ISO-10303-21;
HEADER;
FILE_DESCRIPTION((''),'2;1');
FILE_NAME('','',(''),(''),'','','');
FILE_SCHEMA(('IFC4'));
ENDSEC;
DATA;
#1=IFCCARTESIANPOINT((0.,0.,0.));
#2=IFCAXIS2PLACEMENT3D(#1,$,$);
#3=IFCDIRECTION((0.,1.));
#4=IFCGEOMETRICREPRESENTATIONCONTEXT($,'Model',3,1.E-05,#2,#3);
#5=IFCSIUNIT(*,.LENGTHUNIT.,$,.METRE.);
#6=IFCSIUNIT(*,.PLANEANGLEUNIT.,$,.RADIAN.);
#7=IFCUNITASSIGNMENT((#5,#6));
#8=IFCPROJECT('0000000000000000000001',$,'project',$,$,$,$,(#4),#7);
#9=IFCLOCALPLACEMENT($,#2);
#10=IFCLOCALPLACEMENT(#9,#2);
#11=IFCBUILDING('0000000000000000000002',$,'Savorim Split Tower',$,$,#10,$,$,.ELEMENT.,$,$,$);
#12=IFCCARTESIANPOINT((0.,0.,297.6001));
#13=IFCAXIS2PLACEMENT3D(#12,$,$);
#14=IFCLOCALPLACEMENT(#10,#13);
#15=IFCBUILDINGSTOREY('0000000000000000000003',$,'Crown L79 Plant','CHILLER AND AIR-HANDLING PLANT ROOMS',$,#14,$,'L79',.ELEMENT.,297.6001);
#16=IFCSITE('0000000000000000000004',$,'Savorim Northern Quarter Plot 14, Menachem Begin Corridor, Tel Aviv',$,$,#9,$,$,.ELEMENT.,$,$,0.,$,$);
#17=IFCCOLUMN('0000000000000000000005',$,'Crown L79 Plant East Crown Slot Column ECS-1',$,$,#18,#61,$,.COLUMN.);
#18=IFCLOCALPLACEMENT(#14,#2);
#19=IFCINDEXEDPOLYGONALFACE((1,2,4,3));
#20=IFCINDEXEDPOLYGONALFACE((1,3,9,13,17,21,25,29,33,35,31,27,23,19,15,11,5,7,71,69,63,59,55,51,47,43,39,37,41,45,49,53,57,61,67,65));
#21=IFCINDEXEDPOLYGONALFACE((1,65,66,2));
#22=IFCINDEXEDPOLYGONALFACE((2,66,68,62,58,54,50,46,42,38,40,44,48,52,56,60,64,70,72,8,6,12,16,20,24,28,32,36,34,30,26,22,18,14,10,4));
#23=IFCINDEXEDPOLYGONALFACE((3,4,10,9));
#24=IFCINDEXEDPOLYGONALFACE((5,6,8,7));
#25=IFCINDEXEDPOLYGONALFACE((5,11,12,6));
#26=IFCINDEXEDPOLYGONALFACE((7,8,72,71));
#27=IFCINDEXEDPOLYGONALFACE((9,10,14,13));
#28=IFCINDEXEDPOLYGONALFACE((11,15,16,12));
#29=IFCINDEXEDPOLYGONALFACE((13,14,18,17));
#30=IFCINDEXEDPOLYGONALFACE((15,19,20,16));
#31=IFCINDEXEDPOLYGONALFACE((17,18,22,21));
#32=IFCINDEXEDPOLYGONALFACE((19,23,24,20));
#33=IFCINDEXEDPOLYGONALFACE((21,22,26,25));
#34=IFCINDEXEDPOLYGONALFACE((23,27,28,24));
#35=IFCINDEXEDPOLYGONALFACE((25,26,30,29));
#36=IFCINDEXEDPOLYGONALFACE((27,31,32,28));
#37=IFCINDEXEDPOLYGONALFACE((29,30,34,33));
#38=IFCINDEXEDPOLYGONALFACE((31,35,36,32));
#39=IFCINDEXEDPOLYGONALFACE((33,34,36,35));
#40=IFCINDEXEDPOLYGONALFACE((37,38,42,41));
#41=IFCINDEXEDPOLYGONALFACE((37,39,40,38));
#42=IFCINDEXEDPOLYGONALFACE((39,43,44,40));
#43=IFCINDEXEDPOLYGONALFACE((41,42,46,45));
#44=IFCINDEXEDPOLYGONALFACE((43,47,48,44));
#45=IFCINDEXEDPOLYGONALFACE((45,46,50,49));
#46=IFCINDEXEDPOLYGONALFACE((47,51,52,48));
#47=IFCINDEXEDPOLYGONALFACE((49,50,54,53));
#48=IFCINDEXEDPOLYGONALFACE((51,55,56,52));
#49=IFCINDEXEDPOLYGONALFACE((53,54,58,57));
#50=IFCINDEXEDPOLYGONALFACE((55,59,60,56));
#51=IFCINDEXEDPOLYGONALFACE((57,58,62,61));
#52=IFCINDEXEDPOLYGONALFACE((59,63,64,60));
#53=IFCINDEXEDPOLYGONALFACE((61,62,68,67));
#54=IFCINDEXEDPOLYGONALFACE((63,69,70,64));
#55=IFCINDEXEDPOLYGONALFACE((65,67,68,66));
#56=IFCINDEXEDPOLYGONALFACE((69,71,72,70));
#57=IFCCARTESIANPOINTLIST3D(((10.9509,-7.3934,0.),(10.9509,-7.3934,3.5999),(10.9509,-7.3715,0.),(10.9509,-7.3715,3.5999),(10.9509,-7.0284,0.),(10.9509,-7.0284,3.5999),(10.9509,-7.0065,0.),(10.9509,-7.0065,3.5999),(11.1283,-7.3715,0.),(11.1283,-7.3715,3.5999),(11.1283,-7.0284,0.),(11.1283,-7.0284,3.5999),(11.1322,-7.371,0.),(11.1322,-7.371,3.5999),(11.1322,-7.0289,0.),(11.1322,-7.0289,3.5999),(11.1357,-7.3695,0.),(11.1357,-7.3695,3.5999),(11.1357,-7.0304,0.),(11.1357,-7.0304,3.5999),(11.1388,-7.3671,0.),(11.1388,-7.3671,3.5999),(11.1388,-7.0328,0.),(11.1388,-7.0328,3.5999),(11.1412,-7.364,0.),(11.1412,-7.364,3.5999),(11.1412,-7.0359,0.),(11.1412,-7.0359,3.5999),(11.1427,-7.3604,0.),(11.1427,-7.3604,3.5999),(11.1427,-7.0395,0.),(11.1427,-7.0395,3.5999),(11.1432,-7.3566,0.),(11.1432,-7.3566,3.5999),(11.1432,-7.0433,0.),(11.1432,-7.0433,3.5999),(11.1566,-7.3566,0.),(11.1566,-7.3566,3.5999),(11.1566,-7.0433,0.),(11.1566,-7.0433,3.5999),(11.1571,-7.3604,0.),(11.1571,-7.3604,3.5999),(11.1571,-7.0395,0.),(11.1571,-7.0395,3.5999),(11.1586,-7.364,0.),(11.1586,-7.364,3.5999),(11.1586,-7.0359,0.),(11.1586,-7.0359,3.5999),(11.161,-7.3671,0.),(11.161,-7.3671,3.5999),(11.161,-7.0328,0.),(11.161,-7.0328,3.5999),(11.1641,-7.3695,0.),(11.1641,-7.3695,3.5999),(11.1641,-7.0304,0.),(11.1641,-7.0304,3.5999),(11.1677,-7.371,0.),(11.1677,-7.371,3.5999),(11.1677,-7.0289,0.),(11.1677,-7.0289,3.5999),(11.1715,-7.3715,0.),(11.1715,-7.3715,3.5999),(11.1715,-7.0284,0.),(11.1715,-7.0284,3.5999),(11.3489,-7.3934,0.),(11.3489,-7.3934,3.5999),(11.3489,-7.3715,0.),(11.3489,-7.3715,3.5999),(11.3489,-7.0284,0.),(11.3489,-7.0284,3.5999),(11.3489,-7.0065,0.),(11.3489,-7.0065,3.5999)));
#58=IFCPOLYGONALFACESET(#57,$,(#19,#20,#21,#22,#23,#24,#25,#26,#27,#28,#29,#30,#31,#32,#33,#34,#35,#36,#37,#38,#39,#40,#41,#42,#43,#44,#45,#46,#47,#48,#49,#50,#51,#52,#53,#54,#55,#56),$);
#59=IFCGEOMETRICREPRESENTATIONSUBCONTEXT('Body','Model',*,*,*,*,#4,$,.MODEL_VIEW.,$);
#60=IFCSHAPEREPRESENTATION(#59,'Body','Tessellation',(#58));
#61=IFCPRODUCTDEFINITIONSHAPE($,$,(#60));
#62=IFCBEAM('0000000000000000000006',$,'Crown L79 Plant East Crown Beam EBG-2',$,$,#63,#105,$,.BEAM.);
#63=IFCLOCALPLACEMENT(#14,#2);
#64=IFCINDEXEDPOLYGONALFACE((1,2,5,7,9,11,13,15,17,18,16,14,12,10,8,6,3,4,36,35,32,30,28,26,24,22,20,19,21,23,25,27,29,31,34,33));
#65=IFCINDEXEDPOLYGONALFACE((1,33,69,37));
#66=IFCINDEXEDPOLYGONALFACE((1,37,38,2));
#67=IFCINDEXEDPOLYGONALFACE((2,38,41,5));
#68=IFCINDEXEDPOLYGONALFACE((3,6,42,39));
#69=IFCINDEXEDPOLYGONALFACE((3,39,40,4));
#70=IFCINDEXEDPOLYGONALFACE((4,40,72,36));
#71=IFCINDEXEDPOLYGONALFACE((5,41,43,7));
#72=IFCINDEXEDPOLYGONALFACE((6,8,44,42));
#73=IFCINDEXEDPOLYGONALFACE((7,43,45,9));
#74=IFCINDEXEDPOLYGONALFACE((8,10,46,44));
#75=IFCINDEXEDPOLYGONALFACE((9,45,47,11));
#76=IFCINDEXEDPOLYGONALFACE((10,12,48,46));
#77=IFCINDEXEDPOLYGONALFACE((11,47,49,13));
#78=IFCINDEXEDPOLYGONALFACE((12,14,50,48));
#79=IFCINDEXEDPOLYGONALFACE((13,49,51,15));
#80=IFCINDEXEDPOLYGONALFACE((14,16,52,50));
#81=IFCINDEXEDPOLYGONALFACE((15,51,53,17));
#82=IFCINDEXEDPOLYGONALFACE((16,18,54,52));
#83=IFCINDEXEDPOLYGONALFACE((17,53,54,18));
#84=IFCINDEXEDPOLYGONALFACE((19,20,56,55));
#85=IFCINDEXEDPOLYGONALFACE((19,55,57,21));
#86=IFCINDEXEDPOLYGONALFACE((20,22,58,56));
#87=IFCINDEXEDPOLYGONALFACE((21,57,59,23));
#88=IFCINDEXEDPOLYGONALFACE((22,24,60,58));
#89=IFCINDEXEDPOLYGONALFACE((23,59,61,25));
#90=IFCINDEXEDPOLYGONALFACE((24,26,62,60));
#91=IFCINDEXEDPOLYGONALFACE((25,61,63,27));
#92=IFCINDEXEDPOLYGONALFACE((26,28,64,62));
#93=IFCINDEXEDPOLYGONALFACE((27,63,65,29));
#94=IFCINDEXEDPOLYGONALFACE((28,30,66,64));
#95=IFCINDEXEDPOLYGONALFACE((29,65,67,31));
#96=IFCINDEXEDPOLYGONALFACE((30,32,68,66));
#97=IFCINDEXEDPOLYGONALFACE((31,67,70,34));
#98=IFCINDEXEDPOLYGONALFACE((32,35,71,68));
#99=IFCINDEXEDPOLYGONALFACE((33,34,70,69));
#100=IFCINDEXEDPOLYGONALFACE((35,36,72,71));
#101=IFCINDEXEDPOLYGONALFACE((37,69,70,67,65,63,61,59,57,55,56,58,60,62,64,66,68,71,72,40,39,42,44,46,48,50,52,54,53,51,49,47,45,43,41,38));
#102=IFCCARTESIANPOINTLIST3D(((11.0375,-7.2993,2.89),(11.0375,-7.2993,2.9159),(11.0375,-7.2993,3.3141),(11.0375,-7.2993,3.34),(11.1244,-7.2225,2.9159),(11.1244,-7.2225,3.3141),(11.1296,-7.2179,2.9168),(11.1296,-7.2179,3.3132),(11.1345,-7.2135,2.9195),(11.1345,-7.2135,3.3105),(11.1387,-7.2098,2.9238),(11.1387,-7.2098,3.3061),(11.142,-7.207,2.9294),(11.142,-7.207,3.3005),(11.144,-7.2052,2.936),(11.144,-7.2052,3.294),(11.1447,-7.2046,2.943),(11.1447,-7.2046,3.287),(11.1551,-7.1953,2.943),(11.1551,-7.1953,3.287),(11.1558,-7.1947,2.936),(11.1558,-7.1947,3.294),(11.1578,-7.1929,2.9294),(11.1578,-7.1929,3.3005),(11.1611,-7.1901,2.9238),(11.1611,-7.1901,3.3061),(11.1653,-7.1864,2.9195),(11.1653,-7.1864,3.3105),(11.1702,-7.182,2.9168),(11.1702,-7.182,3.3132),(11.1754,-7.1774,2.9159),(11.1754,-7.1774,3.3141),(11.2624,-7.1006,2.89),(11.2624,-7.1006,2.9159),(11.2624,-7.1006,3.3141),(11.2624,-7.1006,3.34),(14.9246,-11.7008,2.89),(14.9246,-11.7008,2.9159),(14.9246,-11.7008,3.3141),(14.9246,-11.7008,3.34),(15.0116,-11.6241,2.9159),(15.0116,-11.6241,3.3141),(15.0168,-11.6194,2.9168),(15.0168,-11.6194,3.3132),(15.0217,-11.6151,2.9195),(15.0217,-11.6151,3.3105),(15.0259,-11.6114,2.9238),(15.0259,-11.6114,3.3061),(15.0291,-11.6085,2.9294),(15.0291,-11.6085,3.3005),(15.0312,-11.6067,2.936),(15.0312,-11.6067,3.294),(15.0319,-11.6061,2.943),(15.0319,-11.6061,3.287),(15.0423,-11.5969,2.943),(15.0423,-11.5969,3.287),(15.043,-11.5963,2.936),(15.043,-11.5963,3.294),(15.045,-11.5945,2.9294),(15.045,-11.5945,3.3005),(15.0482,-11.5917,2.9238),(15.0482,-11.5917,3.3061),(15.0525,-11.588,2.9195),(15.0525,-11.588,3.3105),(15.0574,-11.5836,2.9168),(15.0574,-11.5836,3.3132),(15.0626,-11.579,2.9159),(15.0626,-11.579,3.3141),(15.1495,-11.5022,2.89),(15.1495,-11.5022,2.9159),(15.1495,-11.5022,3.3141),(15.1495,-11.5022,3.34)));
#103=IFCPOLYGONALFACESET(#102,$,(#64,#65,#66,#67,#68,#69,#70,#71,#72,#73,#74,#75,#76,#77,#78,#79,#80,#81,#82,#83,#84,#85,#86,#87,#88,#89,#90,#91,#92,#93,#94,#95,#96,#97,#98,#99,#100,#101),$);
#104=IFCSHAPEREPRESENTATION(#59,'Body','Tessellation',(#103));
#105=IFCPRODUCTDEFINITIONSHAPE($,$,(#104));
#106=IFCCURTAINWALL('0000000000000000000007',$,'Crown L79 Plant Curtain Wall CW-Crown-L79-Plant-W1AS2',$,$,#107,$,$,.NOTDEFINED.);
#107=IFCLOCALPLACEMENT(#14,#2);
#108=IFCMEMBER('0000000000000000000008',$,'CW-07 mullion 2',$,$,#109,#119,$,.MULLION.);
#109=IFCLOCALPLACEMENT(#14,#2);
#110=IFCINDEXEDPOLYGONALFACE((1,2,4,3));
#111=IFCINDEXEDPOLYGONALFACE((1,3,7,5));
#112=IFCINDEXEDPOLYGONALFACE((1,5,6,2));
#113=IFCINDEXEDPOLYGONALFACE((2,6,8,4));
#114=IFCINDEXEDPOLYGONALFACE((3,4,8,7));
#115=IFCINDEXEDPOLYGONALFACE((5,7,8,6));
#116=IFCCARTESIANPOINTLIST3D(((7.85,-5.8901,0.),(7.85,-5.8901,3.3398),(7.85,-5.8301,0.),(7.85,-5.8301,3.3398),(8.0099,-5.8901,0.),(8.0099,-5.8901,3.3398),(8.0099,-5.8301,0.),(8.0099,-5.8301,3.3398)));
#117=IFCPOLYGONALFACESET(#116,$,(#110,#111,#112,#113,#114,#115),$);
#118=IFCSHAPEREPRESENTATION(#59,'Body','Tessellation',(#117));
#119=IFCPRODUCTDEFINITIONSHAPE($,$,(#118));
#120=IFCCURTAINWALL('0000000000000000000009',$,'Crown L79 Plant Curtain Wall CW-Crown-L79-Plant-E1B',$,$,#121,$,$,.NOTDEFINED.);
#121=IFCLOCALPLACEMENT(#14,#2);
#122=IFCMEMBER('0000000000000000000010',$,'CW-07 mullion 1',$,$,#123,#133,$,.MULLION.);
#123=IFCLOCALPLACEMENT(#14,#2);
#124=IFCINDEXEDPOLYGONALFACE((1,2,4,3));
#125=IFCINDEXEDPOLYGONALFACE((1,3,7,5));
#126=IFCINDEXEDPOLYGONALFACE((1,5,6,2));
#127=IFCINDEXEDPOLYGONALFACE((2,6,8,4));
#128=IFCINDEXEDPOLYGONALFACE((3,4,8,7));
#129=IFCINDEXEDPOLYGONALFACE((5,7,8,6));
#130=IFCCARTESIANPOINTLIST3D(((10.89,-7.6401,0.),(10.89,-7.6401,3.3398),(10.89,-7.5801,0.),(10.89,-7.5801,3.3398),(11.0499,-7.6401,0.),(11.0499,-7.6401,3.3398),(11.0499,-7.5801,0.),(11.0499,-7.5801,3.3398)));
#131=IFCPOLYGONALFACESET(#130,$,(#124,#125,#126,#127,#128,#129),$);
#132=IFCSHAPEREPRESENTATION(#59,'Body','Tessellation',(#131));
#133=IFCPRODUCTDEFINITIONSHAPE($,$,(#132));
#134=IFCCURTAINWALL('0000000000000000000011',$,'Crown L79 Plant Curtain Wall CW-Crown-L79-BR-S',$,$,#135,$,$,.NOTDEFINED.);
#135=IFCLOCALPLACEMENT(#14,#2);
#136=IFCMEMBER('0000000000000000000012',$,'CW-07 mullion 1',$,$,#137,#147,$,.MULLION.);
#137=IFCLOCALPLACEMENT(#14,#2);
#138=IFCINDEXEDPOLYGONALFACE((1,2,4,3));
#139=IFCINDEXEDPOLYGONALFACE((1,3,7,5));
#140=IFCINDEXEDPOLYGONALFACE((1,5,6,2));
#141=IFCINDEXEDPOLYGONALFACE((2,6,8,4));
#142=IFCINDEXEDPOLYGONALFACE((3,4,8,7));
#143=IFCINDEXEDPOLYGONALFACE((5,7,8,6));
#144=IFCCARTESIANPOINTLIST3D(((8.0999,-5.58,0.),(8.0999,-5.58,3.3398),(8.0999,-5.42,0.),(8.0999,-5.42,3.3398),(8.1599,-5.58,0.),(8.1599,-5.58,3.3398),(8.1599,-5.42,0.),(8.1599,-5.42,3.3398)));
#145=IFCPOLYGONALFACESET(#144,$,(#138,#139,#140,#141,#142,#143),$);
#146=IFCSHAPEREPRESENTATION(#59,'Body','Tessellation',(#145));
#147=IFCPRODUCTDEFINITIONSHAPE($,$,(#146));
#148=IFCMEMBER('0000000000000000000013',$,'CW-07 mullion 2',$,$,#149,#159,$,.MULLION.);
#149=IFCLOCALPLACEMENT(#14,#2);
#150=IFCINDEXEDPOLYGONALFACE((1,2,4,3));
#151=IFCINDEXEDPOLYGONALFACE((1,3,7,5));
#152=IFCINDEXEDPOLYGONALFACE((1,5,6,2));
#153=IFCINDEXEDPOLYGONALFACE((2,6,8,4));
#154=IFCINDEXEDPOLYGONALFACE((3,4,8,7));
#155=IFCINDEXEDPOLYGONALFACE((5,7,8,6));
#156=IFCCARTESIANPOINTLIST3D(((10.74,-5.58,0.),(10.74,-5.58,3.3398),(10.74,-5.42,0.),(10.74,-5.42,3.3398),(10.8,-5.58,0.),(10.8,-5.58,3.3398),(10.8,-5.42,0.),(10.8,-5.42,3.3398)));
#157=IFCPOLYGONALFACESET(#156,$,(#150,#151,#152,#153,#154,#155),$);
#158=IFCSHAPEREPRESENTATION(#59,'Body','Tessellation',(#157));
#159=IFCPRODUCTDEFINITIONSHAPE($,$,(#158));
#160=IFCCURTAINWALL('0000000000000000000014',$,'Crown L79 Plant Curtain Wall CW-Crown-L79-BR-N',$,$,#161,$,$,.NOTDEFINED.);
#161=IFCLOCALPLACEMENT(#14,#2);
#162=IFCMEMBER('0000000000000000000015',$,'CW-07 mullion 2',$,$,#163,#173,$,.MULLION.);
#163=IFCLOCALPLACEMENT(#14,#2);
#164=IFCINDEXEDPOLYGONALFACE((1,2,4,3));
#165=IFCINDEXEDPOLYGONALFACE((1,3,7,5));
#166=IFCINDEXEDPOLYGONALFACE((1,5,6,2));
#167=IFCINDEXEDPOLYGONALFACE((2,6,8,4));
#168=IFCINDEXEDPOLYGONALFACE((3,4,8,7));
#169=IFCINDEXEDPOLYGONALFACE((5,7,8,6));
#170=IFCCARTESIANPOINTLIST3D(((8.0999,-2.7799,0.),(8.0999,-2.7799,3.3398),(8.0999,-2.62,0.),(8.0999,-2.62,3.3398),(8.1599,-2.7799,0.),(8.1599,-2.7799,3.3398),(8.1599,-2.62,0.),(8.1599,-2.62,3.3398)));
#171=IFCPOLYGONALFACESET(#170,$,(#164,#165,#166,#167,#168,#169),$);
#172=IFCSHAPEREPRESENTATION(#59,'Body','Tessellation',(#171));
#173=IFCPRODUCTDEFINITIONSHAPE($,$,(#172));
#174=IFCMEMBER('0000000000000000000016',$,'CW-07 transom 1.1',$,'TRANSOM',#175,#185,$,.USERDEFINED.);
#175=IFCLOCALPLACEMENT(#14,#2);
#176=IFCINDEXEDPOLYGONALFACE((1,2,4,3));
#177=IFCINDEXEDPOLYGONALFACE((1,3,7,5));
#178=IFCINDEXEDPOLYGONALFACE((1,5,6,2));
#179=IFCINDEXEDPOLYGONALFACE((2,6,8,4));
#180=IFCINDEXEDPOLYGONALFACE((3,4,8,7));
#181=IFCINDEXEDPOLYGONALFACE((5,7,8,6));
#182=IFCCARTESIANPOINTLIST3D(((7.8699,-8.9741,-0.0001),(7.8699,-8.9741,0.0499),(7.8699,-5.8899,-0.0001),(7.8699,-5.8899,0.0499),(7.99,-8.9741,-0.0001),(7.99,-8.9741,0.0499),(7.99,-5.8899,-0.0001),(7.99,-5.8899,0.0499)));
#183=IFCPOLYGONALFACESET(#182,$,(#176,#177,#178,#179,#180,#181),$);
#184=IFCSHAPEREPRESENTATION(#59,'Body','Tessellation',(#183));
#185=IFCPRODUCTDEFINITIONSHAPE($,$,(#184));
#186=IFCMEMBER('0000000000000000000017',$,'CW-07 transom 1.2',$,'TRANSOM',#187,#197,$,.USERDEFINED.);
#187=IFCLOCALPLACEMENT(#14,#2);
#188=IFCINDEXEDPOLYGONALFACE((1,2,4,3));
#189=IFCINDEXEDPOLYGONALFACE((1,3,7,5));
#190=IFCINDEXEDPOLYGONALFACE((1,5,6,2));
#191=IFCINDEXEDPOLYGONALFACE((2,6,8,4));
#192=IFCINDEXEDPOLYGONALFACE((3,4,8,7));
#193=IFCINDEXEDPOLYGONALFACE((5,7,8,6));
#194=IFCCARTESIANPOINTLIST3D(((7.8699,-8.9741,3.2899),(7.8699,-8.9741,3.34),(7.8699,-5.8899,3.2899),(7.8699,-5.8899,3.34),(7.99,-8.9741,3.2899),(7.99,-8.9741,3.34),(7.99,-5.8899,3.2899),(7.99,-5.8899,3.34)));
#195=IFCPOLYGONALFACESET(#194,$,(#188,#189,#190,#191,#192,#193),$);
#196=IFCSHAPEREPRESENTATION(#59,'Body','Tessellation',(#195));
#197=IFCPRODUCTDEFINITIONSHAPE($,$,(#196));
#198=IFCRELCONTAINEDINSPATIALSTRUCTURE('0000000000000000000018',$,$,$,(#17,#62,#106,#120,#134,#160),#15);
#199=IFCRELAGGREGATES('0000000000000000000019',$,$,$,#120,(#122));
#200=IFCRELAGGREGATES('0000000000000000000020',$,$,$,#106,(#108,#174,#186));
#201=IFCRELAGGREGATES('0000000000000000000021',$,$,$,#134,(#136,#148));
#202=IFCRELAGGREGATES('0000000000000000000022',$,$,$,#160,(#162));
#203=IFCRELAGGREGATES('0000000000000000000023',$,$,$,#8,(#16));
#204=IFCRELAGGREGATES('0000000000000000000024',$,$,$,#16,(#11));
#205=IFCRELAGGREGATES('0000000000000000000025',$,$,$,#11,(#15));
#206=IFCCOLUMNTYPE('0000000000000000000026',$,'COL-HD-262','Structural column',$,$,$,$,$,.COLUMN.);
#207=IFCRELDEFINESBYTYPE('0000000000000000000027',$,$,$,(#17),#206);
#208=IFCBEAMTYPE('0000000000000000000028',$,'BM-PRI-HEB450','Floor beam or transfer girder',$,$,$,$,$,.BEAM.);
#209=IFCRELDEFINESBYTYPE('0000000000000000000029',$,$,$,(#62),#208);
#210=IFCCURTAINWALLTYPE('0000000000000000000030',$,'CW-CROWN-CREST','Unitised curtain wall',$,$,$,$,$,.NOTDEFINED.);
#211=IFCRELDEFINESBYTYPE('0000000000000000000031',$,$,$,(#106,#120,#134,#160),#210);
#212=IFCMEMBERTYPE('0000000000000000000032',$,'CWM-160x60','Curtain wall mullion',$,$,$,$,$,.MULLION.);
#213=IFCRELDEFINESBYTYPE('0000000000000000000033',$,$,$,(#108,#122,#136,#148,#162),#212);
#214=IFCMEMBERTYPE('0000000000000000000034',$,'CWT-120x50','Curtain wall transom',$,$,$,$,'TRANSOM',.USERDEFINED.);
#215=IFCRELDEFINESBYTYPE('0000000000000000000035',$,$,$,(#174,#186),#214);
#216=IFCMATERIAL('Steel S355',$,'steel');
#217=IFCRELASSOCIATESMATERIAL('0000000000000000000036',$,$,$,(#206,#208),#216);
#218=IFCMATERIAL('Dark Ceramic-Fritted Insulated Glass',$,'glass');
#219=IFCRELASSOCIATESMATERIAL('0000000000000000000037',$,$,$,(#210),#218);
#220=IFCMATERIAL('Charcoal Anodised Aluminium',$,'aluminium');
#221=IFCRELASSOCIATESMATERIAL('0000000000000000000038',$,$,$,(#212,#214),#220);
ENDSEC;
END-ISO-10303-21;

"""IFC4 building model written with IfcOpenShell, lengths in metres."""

from ifc_helpers import new_model, si_unit, direction, frame, origin, origin_2d, place, context, subcontext, project, spatial, rectangle, i_section, extrude, material, material_profile, profile_set, type_object, element, aggregate, save


model = new_model("IFC4")

# Units and contexts
model_context = context("Model", 3, precision=1e-05, world=origin(), true_north=direction((0.0, 1.0)))
body_context = subcontext(model_context, "Body", "Model", "MODEL_VIEW")
ifc_project = project(units=[si_unit("LENGTHUNIT", "METRE"), si_unit("PLANEANGLEUNIT", "RADIAN")], contexts=[model_context])

# Site, building, storey
site_placement = place(None, origin())
site = spatial("IfcSite", under=ifc_project, at=site_placement, Name="Savorim Northern Quarter Plot 14, Menachem Begin Corridor, Tel Aviv", CompositionType="ELEMENT", RefElevation=0.0)
building_placement = place(site_placement, origin())
building = spatial("IfcBuilding", under=site, at=building_placement, Name="Savorim Split Tower", CompositionType="ELEMENT")
storey_placement = place(building_placement, frame((0.0, 0.0, 297.6001)))
storey = spatial("IfcBuildingStorey", under=building, at=storey_placement, Name="Crown L79 Plant", Description="CHILLER AND AIR-HANDLING PLANT ROOMS", LongName="L79", CompositionType="ELEMENT", Elevation=297.6001)

# Column
ifc_material_1 = material(Name="Steel S355", Category="steel")
ifc_material_profile_1 = material_profile(ifc_material_1, i_section(OverallWidth=0.3979, OverallDepth=0.387, WebThickness=0.0134, FlangeThickness=0.022, FilletRadius=0.0149, at=origin_2d()), Name="HD 400x262")
ifc_profile_set_1 = profile_set([ifc_material_profile_1], Name="Steel S355")
column_type = type_object("IfcColumnType", Name="COL-HD-262", Description="Structural column", PredefinedType="COLUMN", material=ifc_profile_set_1)
column_placement = place(storey_placement, frame((11.1499, -7.2, 0.0), z_axis=(0.0, 0.0, 1.0), x_axis=(1.0, 0.0, 0.0)))
element("IfcColumn", 1, at=column_placement, inside=storey, type_object=column_type, Name="Crown L79 Plant East Crown Slot Column ECS-1", PredefinedType="COLUMN", context=body_context, shape_type="SweptSolid", body=[
    extrude(i_section(OverallWidth=0.3979, OverallDepth=0.387, WebThickness=0.0134, FlangeThickness=0.022, FilletRadius=0.0149, at=origin_2d()), origin(), (0.0, 0.0, 1.0), 3.5999),
])

# Beam
ifc_material_profile_2 = material_profile(ifc_material_1, i_section(OverallWidth=0.3, OverallDepth=0.45, WebThickness=0.0139, FlangeThickness=0.0259, FilletRadius=0.0271, at=origin_2d()), Name="HEB 450")
ifc_profile_set_2 = profile_set([ifc_material_profile_2], Name="Steel S355")
beam_type = type_object("IfcBeamType", Name="BM-PRI-HEB450", Description="Floor beam or transfer girder", PredefinedType="BEAM", material=ifc_profile_set_2)
beam_placement = place(storey_placement, frame((11.1499, -7.2, 3.115), z_axis=(0.66195, -0.749548, 0.0), x_axis=(0.749548, 0.66195, 0.0)))
element("IfcBeam", 2, at=beam_placement, inside=storey, type_object=beam_type, Name="Crown L79 Plant East Crown Beam EBG-2", PredefinedType="BEAM", context=body_context, shape_type="SweptSolid", body=[
    extrude(i_section(OverallWidth=0.3, OverallDepth=0.45, WebThickness=0.0139, FlangeThickness=0.0259, FilletRadius=0.0271, at=origin_2d()), origin(), (0.0, 0.0, 1.0), 5.8723),
])

# Curtain walls, members
ifc_material_2 = material(Name="Dark Ceramic-Fritted Insulated Glass", Category="glass")
curtain_wall_type = type_object("IfcCurtainWallType", Name="CW-CROWN-CREST", Description="Unitised curtain wall", PredefinedType="NOTDEFINED", material=ifc_material_2)
curtain_wall_1_placement = place(storey_placement, origin())
curtain_wall_1 = element("IfcCurtainWall", 3, at=curtain_wall_1_placement, inside=storey, type_object=curtain_wall_type, Name="Crown L79 Plant Curtain Wall CW-Crown-L79-Plant-W1AS2", PredefinedType="NOTDEFINED")
ifc_material_3 = material(Name="Charcoal Anodised Aluminium", Category="aluminium")
ifc_material_profile_3 = material_profile(ifc_material_3, rectangle(XDim=0.1599, YDim=0.0601, at=origin_2d()), Name="ALU-M 160x60")
ifc_profile_set_3 = profile_set([ifc_material_profile_3], Name="Charcoal Anodised Aluminium")
member_type_1 = type_object("IfcMemberType", Name="CWM-160x60", Description="Curtain wall mullion", PredefinedType="MULLION", material=ifc_profile_set_3)
member_1_placement = place(storey_placement, frame((7.9299, -5.8601, 0.0), z_axis=(0.0, 0.0, 1.0), x_axis=(-1.0, 0.0, 0.0)))
member_1 = element("IfcMember", 4, at=member_1_placement, type_object=member_type_1, Name="CW-07 mullion 2", PredefinedType="MULLION", context=body_context, shape_type="SweptSolid", body=[
    extrude(rectangle(XDim=0.1599, YDim=0.0601, at=origin_2d()), origin(), (0.0, 0.0, 1.0), 3.3398),
])
curtain_wall_2_placement = place(storey_placement, origin())
curtain_wall_2 = element("IfcCurtainWall", 5, at=curtain_wall_2_placement, inside=storey, type_object=curtain_wall_type, Name="Crown L79 Plant Curtain Wall CW-Crown-L79-Plant-E1B", PredefinedType="NOTDEFINED")
member_2_placement = place(storey_placement, frame((10.97, -7.6101, 0.0), z_axis=(0.0, 0.0, 1.0), x_axis=(1.0, 0.0, 0.0)))
member_2 = element("IfcMember", 6, at=member_2_placement, type_object=member_type_1, Name="CW-07 mullion 1", PredefinedType="MULLION", context=body_context, shape_type="SweptSolid", body=[
    extrude(rectangle(XDim=0.1599, YDim=0.0601, at=origin_2d()), origin(), (0.0, 0.0, 1.0), 3.3398),
])

# Curtain wall, members
curtain_wall_3_placement = place(storey_placement, origin())
curtain_wall_3 = element("IfcCurtainWall", 7, at=curtain_wall_3_placement, inside=storey, type_object=curtain_wall_type, Name="Crown L79 Plant Curtain Wall CW-Crown-L79-BR-S", PredefinedType="NOTDEFINED")
member_3_placement = place(storey_placement, frame((8.1299, -5.5, 0.0), z_axis=(0.0, 0.0, 1.0), x_axis=(0.0, 1.0, 0.0)))
member_3 = element("IfcMember", 8, at=member_3_placement, type_object=member_type_1, Name="CW-07 mullion 1", PredefinedType="MULLION", context=body_context, shape_type="SweptSolid", body=[
    extrude(rectangle(XDim=0.1599, YDim=0.0601, at=origin_2d()), origin(), (0.0, 0.0, 1.0), 3.3398),
])
member_4_placement = place(storey_placement, frame((10.77, -5.5, 0.0), z_axis=(0.0, 0.0, 1.0), x_axis=(0.0, 1.0, 0.0)))
member_4 = element("IfcMember", 9, at=member_4_placement, type_object=member_type_1, Name="CW-07 mullion 2", PredefinedType="MULLION", context=body_context, shape_type="SweptSolid", body=[
    extrude(rectangle(XDim=0.1599, YDim=0.0601, at=origin_2d()), origin(), (0.0, 0.0, 1.0), 3.3398),
])

# Curtain wall, member
curtain_wall_4_placement = place(storey_placement, origin())
curtain_wall_4 = element("IfcCurtainWall", 10, at=curtain_wall_4_placement, inside=storey, type_object=curtain_wall_type, Name="Crown L79 Plant Curtain Wall CW-Crown-L79-BR-N", PredefinedType="NOTDEFINED")
member_5_placement = place(storey_placement, frame((8.1299, -2.7, 0.0), z_axis=(0.0, 0.0, 1.0), x_axis=(0.0, -1.0, 0.0)))
member_5 = element("IfcMember", 11, at=member_5_placement, type_object=member_type_1, Name="CW-07 mullion 2", PredefinedType="MULLION", context=body_context, shape_type="SweptSolid", body=[
    extrude(rectangle(XDim=0.1599, YDim=0.0601, at=origin_2d()), origin(), (0.0, 0.0, 1.0), 3.3398),
])

# Members
ifc_material_profile_4 = material_profile(ifc_material_3, rectangle(XDim=0.1201, YDim=0.05, at=origin_2d()), Name="ALU-T 120x50")
ifc_profile_set_4 = profile_set([ifc_material_profile_4], Name="Charcoal Anodised Aluminium")
member_type_2 = type_object("IfcMemberType", Name="CWT-120x50", Description="Curtain wall transom", ElementType="TRANSOM", PredefinedType="USERDEFINED", material=ifc_profile_set_4)
member_6_placement = place(storey_placement, frame((7.9299, -8.9741, 0.0249), z_axis=(0.0, 1.0, 0.0), x_axis=(-1.0, 0.0, 0.0)))
member_6 = element("IfcMember", 12, at=member_6_placement, type_object=member_type_2, Name="CW-07 transom 1.1", ObjectType="TRANSOM", PredefinedType="USERDEFINED", context=body_context, shape_type="SweptSolid", body=[
    extrude(rectangle(XDim=0.1201, YDim=0.05, at=origin_2d()), origin(), (0.0, 0.0, 1.0), 3.0842),
])
member_7_placement = place(storey_placement, frame((7.9299, -8.9741, 3.3149), z_axis=(0.0, 1.0, 0.0), x_axis=(-1.0, 0.0, 0.0)))
member_7 = element("IfcMember", 13, at=member_7_placement, type_object=member_type_2, Name="CW-07 transom 1.2", ObjectType="TRANSOM", PredefinedType="USERDEFINED", context=body_context, shape_type="SweptSolid", body=[
    extrude(rectangle(XDim=0.1201, YDim=0.05, at=origin_2d()), origin(), (0.0, 0.0, 1.0), 3.0842),
])
aggregate(curtain_wall_2, [member_2])

aggregate(curtain_wall_1, [member_1, member_6, member_7])
aggregate(curtain_wall_3, [member_3, member_4])
aggregate(curtain_wall_4, [member_5])

save(model, "model.ifc")
